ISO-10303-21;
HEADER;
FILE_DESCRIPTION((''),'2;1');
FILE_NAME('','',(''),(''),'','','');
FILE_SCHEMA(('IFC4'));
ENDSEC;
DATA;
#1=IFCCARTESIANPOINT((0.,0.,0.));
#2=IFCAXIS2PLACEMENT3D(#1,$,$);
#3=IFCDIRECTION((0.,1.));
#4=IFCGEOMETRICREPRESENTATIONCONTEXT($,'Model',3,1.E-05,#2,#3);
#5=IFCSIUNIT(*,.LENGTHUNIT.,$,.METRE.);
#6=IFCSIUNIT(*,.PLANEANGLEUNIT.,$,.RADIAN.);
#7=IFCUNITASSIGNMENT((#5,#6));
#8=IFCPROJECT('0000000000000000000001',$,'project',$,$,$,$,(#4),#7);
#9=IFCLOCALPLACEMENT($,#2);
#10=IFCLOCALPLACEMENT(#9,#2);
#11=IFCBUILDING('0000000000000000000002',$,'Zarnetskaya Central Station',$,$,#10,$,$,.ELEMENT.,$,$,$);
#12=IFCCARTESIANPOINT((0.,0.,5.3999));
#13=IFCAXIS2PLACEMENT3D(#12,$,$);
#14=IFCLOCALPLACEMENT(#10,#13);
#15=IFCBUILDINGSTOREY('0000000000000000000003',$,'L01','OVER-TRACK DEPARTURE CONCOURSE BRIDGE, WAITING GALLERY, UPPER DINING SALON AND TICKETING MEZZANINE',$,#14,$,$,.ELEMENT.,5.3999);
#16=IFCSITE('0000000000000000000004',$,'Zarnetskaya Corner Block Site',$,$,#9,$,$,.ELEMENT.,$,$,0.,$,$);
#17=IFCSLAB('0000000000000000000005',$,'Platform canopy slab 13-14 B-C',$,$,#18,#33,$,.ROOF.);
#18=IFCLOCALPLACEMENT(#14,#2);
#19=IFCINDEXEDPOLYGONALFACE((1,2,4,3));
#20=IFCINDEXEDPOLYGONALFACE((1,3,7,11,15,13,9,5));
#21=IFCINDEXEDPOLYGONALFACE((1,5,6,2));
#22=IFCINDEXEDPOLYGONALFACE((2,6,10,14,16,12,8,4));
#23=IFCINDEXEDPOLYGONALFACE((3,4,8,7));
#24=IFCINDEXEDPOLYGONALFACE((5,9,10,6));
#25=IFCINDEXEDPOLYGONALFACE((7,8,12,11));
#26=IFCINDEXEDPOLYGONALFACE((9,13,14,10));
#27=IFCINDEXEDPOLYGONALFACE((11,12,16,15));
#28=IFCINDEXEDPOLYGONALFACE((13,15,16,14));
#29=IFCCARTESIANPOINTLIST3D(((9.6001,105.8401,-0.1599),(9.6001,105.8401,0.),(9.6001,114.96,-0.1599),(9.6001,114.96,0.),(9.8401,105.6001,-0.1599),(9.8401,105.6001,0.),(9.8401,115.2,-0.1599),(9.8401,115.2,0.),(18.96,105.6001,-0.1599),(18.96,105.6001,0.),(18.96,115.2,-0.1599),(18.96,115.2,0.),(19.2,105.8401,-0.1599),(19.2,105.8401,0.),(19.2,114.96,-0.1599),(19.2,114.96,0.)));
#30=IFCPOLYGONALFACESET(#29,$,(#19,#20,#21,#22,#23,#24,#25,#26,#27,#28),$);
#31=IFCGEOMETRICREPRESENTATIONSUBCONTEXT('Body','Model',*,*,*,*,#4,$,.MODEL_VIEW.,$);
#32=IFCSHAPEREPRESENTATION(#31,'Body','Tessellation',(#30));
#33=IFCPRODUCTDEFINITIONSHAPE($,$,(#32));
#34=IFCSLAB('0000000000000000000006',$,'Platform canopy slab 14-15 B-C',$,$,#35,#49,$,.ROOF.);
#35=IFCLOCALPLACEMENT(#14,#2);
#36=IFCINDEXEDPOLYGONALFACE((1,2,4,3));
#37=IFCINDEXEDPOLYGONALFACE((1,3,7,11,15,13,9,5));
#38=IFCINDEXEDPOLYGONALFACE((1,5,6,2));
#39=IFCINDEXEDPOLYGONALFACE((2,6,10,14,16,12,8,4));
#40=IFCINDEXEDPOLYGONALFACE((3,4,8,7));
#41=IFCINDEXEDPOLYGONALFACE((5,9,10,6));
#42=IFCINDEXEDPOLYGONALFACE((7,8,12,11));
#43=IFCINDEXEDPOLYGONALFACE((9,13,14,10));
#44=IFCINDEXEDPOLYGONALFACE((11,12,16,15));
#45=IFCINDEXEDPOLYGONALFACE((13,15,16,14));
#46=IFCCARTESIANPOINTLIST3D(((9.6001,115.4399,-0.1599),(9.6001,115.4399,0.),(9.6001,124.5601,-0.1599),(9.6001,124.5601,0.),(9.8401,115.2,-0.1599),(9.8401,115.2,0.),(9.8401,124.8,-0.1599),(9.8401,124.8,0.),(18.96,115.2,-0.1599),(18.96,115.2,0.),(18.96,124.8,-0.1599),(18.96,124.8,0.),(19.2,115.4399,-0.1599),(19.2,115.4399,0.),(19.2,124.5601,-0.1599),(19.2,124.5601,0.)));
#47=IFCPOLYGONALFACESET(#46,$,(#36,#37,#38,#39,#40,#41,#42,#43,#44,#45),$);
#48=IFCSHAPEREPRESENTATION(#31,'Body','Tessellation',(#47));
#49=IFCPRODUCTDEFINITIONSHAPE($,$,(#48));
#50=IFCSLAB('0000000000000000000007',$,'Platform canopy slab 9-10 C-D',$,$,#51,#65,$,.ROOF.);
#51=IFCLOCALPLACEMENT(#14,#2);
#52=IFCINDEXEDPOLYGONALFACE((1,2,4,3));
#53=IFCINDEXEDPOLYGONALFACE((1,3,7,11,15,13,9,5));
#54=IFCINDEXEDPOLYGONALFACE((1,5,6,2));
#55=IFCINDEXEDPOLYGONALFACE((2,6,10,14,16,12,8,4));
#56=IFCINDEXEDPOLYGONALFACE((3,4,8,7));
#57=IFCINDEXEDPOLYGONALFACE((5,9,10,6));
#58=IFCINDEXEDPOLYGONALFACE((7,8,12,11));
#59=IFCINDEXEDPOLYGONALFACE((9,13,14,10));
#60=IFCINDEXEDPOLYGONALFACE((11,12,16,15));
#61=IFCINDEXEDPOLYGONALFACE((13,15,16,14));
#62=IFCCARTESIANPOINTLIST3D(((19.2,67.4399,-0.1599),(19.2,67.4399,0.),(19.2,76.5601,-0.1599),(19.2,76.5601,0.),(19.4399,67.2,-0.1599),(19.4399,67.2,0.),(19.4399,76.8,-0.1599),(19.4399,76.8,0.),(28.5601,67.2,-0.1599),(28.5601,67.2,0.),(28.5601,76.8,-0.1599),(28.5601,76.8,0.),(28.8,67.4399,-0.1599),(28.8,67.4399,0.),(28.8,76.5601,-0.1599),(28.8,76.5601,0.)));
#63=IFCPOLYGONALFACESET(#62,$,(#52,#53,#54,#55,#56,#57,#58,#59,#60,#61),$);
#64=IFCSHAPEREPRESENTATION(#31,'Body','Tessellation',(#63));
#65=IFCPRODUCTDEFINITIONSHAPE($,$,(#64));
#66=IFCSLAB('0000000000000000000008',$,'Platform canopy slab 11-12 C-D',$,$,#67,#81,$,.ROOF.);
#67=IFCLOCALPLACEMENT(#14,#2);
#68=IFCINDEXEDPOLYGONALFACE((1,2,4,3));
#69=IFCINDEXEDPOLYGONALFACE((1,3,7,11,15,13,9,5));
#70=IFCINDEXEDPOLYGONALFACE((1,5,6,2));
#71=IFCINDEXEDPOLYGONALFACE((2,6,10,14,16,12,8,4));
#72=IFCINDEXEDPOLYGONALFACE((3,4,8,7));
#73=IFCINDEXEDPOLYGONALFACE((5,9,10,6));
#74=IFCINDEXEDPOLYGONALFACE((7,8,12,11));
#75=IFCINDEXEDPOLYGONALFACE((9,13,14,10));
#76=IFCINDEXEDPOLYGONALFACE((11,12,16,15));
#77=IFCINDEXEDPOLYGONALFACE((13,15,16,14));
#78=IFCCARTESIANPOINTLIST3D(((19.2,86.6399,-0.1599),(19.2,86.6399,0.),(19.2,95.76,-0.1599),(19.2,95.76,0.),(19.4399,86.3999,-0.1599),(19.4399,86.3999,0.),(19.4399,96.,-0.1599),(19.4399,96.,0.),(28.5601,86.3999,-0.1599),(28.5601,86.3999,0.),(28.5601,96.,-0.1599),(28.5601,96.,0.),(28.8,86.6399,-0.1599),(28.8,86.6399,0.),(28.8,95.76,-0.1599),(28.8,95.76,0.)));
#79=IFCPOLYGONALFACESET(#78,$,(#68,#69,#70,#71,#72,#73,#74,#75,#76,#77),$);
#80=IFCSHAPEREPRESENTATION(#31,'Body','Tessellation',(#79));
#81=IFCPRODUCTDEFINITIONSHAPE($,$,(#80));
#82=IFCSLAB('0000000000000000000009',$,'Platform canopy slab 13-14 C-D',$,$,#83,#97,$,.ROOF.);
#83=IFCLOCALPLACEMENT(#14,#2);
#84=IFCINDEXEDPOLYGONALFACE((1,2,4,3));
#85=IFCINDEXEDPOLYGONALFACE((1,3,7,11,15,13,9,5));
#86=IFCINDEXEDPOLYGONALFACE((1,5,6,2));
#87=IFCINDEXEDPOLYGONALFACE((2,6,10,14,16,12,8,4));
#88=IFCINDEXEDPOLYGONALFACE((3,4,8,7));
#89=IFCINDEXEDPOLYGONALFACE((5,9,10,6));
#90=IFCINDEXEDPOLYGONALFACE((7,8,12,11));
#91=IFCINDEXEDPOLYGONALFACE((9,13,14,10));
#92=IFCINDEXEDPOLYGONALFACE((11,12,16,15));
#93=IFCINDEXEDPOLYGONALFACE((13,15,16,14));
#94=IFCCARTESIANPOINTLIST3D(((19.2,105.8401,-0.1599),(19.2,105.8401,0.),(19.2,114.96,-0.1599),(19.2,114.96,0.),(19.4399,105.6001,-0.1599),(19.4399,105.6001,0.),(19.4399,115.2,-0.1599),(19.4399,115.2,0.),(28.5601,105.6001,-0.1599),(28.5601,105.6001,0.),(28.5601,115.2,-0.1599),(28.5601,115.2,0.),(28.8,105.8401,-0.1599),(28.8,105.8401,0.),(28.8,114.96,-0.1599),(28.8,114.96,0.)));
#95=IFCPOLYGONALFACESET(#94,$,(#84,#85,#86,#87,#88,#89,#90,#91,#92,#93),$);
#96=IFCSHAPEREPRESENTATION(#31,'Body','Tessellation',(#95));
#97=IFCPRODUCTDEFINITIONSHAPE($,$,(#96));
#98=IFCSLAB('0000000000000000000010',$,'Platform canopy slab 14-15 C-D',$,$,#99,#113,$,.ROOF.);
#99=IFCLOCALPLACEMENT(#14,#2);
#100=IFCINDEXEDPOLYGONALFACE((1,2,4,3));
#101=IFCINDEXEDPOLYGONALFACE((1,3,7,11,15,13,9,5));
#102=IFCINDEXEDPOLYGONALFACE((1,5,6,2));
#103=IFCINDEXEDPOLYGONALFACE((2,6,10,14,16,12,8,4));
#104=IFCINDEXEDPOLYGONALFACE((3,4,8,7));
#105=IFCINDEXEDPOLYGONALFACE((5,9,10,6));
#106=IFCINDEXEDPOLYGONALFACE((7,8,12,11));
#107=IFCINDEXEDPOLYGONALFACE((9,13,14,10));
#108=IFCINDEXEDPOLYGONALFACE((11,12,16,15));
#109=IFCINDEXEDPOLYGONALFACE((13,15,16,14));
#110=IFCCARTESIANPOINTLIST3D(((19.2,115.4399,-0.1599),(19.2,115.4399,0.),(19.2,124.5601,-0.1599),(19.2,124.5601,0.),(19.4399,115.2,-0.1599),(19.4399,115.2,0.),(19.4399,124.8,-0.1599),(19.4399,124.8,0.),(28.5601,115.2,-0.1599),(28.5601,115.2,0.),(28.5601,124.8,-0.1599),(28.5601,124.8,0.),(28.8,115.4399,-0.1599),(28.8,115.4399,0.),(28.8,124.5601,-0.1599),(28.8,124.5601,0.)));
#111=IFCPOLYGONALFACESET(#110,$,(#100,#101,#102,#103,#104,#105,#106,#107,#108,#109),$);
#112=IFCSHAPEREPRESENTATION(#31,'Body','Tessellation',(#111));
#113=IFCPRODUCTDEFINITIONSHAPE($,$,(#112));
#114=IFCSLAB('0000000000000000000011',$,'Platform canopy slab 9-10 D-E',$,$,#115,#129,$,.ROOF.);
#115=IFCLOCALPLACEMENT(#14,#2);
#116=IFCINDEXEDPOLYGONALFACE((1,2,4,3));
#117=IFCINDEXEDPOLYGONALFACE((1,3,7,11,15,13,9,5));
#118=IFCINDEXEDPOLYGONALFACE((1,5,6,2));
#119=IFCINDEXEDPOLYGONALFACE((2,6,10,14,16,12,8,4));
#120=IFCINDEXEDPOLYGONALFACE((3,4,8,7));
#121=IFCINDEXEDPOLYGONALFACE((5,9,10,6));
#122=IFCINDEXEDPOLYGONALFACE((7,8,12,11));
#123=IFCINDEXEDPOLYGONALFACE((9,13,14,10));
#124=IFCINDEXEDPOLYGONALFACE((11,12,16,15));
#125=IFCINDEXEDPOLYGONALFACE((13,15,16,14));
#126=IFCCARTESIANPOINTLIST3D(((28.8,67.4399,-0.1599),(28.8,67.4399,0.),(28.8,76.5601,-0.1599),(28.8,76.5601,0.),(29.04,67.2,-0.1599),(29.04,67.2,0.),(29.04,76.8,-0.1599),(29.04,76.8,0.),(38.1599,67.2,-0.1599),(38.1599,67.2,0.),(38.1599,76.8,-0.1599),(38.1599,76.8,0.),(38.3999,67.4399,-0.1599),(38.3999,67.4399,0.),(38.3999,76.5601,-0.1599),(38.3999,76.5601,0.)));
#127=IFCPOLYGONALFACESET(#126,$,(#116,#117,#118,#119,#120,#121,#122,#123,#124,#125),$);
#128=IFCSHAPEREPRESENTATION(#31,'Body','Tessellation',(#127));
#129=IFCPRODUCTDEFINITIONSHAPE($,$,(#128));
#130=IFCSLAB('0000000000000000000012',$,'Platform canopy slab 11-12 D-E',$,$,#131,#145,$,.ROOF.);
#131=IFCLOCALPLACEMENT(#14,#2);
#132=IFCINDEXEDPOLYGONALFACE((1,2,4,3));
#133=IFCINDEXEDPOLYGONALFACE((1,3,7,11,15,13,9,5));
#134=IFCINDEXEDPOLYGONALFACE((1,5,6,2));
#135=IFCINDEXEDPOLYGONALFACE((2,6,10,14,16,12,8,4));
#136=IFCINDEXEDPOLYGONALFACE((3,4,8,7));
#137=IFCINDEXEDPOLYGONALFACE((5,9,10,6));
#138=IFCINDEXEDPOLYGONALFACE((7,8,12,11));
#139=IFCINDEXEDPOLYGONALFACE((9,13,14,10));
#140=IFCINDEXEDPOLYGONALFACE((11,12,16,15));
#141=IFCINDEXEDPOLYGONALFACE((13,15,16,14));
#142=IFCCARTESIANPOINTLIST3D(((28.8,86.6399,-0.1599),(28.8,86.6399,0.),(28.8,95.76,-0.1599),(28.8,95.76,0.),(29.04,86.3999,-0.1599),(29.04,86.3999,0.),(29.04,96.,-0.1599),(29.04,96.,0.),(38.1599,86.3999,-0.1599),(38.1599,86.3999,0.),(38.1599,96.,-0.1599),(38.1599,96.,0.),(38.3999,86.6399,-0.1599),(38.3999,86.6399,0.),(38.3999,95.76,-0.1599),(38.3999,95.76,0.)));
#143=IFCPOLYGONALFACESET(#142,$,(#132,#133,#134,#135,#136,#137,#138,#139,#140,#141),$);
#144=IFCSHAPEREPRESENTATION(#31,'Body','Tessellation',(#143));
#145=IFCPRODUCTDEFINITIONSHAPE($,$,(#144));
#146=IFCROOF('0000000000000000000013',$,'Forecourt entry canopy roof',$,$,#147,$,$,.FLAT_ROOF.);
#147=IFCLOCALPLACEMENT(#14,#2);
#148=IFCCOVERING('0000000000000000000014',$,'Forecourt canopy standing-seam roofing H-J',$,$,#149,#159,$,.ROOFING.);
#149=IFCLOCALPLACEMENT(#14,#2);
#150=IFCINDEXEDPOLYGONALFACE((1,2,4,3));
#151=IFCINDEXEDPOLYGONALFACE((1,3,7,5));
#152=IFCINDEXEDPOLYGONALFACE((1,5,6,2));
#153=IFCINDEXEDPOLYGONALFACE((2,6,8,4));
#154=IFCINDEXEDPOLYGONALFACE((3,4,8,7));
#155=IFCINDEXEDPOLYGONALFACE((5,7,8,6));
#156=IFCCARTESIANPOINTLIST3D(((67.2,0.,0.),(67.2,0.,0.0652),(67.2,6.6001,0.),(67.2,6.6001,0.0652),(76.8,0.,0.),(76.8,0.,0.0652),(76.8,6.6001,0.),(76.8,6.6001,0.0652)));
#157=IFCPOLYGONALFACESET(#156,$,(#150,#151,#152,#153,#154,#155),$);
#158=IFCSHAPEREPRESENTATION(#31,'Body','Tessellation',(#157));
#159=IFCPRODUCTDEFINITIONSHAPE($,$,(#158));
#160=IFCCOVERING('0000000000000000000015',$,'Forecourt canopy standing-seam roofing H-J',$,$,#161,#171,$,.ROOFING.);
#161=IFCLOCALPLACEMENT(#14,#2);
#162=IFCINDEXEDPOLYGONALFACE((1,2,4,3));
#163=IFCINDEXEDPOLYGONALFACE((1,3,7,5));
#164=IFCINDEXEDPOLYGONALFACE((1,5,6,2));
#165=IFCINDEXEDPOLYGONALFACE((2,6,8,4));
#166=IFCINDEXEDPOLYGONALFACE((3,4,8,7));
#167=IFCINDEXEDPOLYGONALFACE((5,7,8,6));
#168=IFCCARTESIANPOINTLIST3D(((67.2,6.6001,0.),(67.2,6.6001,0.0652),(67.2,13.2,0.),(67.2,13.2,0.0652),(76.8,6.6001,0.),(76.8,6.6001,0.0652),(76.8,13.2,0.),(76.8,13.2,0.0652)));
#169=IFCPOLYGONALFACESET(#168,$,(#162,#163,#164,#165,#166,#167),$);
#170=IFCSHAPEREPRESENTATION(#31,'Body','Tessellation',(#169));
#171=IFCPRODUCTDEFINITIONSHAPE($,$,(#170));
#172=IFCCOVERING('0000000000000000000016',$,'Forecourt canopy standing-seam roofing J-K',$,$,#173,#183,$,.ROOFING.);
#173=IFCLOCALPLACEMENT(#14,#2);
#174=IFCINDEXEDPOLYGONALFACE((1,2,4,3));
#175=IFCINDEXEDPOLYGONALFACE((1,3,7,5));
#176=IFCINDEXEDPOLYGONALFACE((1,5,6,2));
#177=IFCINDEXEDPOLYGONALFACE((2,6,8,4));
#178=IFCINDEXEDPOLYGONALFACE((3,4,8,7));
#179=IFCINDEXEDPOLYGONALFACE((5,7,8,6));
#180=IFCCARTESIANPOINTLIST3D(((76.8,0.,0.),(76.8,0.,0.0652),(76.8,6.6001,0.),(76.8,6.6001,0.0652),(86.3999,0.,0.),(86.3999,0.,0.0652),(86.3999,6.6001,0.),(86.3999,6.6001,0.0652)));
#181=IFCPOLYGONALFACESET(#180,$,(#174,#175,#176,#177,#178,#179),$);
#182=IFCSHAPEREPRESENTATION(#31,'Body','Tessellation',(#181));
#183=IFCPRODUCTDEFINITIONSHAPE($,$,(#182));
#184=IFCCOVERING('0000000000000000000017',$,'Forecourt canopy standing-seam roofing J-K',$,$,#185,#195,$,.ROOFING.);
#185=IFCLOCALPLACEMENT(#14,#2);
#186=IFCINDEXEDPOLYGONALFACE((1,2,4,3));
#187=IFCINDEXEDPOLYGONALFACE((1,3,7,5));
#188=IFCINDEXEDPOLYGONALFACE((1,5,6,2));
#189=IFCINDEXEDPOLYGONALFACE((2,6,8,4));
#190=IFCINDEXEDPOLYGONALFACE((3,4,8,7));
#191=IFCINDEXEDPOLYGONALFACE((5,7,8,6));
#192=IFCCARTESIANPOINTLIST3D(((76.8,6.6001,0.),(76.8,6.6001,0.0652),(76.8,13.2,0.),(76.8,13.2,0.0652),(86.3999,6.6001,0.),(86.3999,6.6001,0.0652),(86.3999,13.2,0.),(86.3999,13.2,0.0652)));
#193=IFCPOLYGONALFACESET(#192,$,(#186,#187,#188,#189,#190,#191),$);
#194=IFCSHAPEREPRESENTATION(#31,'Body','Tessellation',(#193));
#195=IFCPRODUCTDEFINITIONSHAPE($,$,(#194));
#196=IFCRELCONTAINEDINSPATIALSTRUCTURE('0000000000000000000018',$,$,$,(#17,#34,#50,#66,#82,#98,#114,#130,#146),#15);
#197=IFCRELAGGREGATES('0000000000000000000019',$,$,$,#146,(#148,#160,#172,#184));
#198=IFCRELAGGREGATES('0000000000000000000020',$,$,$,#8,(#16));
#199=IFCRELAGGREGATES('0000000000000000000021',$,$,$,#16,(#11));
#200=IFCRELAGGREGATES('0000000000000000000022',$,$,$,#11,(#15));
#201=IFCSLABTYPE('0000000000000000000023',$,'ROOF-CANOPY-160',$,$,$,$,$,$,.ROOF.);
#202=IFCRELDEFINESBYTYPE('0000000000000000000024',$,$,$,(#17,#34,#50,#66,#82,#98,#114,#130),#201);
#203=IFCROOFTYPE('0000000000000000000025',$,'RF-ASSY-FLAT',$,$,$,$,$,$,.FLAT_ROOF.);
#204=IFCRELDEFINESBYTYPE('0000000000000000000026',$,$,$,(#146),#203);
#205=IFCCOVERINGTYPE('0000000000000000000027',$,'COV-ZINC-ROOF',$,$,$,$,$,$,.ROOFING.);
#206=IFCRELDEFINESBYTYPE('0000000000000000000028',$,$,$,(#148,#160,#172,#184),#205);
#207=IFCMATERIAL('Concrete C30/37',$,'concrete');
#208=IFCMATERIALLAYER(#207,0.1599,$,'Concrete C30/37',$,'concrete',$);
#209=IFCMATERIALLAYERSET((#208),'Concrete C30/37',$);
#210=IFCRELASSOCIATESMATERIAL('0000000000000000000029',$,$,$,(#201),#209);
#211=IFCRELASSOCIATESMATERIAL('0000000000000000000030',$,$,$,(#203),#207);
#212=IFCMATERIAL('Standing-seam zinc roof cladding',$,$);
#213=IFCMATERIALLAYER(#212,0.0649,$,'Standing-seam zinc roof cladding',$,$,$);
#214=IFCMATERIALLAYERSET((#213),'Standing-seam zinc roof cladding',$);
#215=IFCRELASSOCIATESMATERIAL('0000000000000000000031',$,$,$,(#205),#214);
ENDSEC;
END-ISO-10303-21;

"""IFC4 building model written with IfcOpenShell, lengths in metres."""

from ifc_helpers import new_model, si_unit, direction, frame, origin, place, context, subcontext, project, spatial, polyline, outline, extrude, material, layer, layer_set, type_object, element, aggregate, save


model = new_model("IFC4")

# Units and contexts
model_context = context("Model", 3, precision=1e-05, world=origin(), true_north=direction((0.0, 1.0)))
body_context = subcontext(model_context, "Body", "Model", "MODEL_VIEW")
ifc_project = project(units=[si_unit("LENGTHUNIT", "METRE"), si_unit("PLANEANGLEUNIT", "RADIAN")], contexts=[model_context])

# Site, building, storey
site_placement = place(None, origin())
site = spatial("IfcSite", under=ifc_project, at=site_placement, Name="Zarnetskaya Corner Block Site", CompositionType="ELEMENT", RefElevation=0.0)
building_placement = place(site_placement, origin())
building = spatial("IfcBuilding", under=site, at=building_placement, Name="Zarnetskaya Central Station", CompositionType="ELEMENT")
storey_placement = place(building_placement, frame((0.0, 0.0, 5.3999)))
storey = spatial("IfcBuildingStorey", under=building, at=storey_placement, Name="L01", Description="OVER-TRACK DEPARTURE CONCOURSE BRIDGE, WAITING GALLERY, UPPER DINING SALON AND TICKETING MEZZANINE", CompositionType="ELEMENT", Elevation=5.3999)

# Slabs
ifc_material_1 = material(Name="Concrete C30/37", Category="concrete")
ifc_layer_1 = layer(ifc_material_1, 0.1599, Name="Concrete C30/37", Category="concrete")
ifc_layer_set_1 = layer_set([ifc_layer_1], Name="Concrete C30/37")
slab_type = type_object("IfcSlabType", Name="ROOF-CANOPY-160", PredefinedType="ROOF", material=ifc_layer_set_1)
slab_1_placement = place(storey_placement, frame((0.0, 0.0, -0.1599)))
element("IfcSlab", 1, at=slab_1_placement, inside=storey, type_object=slab_type, Name="Platform canopy slab 13-14 B-C", PredefinedType="ROOF", context=body_context, shape_type="SweptSolid", body=[
    extrude(outline(polyline([(9.8401, 105.6001), (18.96, 105.6001), (19.2, 105.8401), (19.2, 114.96), (18.96, 115.2), (9.8401, 115.2), (9.6001, 114.96), (9.6001, 105.8401), (9.8401, 105.6001)])), origin(), (0.0, 0.0, 1.0), 0.1599),
])
slab_2_placement = place(storey_placement, frame((0.0, 0.0, -0.1599)))
element("IfcSlab", 2, at=slab_2_placement, inside=storey, type_object=slab_type, Name="Platform canopy slab 14-15 B-C", PredefinedType="ROOF", context=body_context, shape_type="SweptSolid", body=[
    extrude(outline(polyline([(9.8401, 115.2), (18.96, 115.2), (19.2, 115.4399), (19.2, 124.5601), (18.96, 124.8), (9.8401, 124.8), (9.6001, 124.5601), (9.6001, 115.4399), (9.8401, 115.2)])), origin(), (0.0, 0.0, 1.0), 0.1599),
])
slab_3_placement = place(storey_placement, frame((0.0, 0.0, -0.1599)))
element("IfcSlab", 3, at=slab_3_placement, inside=storey, type_object=slab_type, Name="Platform canopy slab 9-10 C-D", PredefinedType="ROOF", context=body_context, shape_type="SweptSolid", body=[
    extrude(outline(polyline([(19.4399, 67.2), (28.5601, 67.2), (28.8, 67.4399), (28.8, 76.5601), (28.5601, 76.8), (19.4399, 76.8), (19.2, 76.5601), (19.2, 67.4399), (19.4399, 67.2)])), origin(), (0.0, 0.0, 1.0), 0.1599),
])
slab_4_placement = place(storey_placement, frame((0.0, 0.0, -0.1599)))
element("IfcSlab", 4, at=slab_4_placement, inside=storey, type_object=slab_type, Name="Platform canopy slab 11-12 C-D", PredefinedType="ROOF", context=body_context, shape_type="SweptSolid", body=[
    extrude(outline(polyline([(19.4399, 86.3999), (28.5601, 86.3999), (28.8, 86.6399), (28.8, 95.76), (28.5601, 96.0), (19.4399, 96.0), (19.2, 95.76), (19.2, 86.6399), (19.4399, 86.3999)])), origin(), (0.0, 0.0, 1.0), 0.1599),
])
slab_5_placement = place(storey_placement, frame((0.0, 0.0, -0.1599)))
element("IfcSlab", 5, at=slab_5_placement, inside=storey, type_object=slab_type, Name="Platform canopy slab 13-14 C-D", PredefinedType="ROOF", context=body_context, shape_type="SweptSolid", body=[
    extrude(outline(polyline([(19.4399, 105.6001), (28.5601, 105.6001), (28.8, 105.8401), (28.8, 114.96), (28.5601, 115.2), (19.4399, 115.2), (19.2, 114.96), (19.2, 105.8401), (19.4399, 105.6001)])), origin(), (0.0, 0.0, 1.0), 0.1599),
])
slab_6_placement = place(storey_placement, frame((0.0, 0.0, -0.1599)))
element("IfcSlab", 6, at=slab_6_placement, inside=storey, type_object=slab_type, Name="Platform canopy slab 14-15 C-D", PredefinedType="ROOF", context=body_context, shape_type="SweptSolid", body=[
    extrude(outline(polyline([(19.4399, 115.2), (28.5601, 115.2), (28.8, 115.4399), (28.8, 124.5601), (28.5601, 124.8), (19.4399, 124.8), (19.2, 124.5601), (19.2, 115.4399), (19.4399, 115.2)])), origin(), (0.0, 0.0, 1.0), 0.1599),
])
slab_7_placement = place(storey_placement, frame((0.0, 0.0, -0.1599)))
element("IfcSlab", 7, at=slab_7_placement, inside=storey, type_object=slab_type, Name="Platform canopy slab 9-10 D-E", PredefinedType="ROOF", context=body_context, shape_type="SweptSolid", body=[
    extrude(outline(polyline([(29.04, 67.2), (38.1599, 67.2), (38.3999, 67.4399), (38.3999, 76.5601), (38.1599, 76.8), (29.04, 76.8), (28.8, 76.5601), (28.8, 67.4399), (29.04, 67.2)])), origin(), (0.0, 0.0, 1.0), 0.1599),
])
slab_8_placement = place(storey_placement, frame((0.0, 0.0, -0.1599)))
element("IfcSlab", 8, at=slab_8_placement, inside=storey, type_object=slab_type, Name="Platform canopy slab 11-12 D-E", PredefinedType="ROOF", context=body_context, shape_type="SweptSolid", body=[
    extrude(outline(polyline([(29.04, 86.3999), (38.1599, 86.3999), (38.3999, 86.6399), (38.3999, 95.76), (38.1599, 96.0), (29.04, 96.0), (28.8, 95.76), (28.8, 86.6399), (29.04, 86.3999)])), origin(), (0.0, 0.0, 1.0), 0.1599),
])

# Roof, coverings
roof_type = type_object("IfcRoofType", Name="RF-ASSY-FLAT", PredefinedType="FLAT_ROOF", material=ifc_material_1)
roof_1_placement = place(storey_placement, origin())
roof_1 = element("IfcRoof", 9, at=roof_1_placement, inside=storey, type_object=roof_type, Name="Forecourt entry canopy roof", PredefinedType="FLAT_ROOF")
ifc_material_2 = material(Name="Standing-seam zinc roof cladding")
ifc_layer_2 = layer(ifc_material_2, 0.0649, Name="Standing-seam zinc roof cladding")
ifc_layer_set_2 = layer_set([ifc_layer_2], Name="Standing-seam zinc roof cladding")
covering_type = type_object("IfcCoveringType", Name="COV-ZINC-ROOF", PredefinedType="ROOFING", material=ifc_layer_set_2)
covering_1_placement = place(storey_placement, origin())
covering_1 = element("IfcCovering", 10, at=covering_1_placement, type_object=covering_type, Name="Forecourt canopy standing-seam roofing H-J", PredefinedType="ROOFING", context=body_context, shape_type="SweptSolid", body=[
    extrude(outline(polyline([(67.2, 0.0), (76.8, 0.0), (76.8, 6.6001), (67.2, 6.6001), (67.2, 0.0)])), origin(), (0.0, 0.0, 1.0), 0.0652),
])
covering_2_placement = place(storey_placement, origin())
covering_2 = element("IfcCovering", 11, at=covering_2_placement, type_object=covering_type, Name="Forecourt canopy standing-seam roofing H-J", PredefinedType="ROOFING", context=body_context, shape_type="SweptSolid", body=[
    extrude(outline(polyline([(67.2, 6.6001), (76.8, 6.6001), (76.8, 13.2), (67.2, 13.2), (67.2, 6.6001)])), origin(), (0.0, 0.0, 1.0), 0.0652),
])
covering_3_placement = place(storey_placement, origin())
covering_3 = element("IfcCovering", 12, at=covering_3_placement, type_object=covering_type, Name="Forecourt canopy standing-seam roofing J-K", PredefinedType="ROOFING", context=body_context, shape_type="SweptSolid", body=[
    extrude(outline(polyline([(76.8, 0.0), (86.3999, 0.0), (86.3999, 6.6001), (76.8, 6.6001), (76.8, 0.0)])), origin(), (0.0, 0.0, 1.0), 0.0652),
])
covering_4_placement = place(storey_placement, origin())
covering_4 = element("IfcCovering", 13, at=covering_4_placement, type_object=covering_type, Name="Forecourt canopy standing-seam roofing J-K", PredefinedType="ROOFING", context=body_context, shape_type="SweptSolid", body=[
    extrude(outline(polyline([(76.8, 6.6001), (86.3999, 6.6001), (86.3999, 13.2), (76.8, 13.2), (76.8, 6.6001)])), origin(), (0.0, 0.0, 1.0), 0.0652),
])
aggregate(roof_1, [covering_1, covering_2, covering_3, covering_4])

save(model, "model.ifc")
